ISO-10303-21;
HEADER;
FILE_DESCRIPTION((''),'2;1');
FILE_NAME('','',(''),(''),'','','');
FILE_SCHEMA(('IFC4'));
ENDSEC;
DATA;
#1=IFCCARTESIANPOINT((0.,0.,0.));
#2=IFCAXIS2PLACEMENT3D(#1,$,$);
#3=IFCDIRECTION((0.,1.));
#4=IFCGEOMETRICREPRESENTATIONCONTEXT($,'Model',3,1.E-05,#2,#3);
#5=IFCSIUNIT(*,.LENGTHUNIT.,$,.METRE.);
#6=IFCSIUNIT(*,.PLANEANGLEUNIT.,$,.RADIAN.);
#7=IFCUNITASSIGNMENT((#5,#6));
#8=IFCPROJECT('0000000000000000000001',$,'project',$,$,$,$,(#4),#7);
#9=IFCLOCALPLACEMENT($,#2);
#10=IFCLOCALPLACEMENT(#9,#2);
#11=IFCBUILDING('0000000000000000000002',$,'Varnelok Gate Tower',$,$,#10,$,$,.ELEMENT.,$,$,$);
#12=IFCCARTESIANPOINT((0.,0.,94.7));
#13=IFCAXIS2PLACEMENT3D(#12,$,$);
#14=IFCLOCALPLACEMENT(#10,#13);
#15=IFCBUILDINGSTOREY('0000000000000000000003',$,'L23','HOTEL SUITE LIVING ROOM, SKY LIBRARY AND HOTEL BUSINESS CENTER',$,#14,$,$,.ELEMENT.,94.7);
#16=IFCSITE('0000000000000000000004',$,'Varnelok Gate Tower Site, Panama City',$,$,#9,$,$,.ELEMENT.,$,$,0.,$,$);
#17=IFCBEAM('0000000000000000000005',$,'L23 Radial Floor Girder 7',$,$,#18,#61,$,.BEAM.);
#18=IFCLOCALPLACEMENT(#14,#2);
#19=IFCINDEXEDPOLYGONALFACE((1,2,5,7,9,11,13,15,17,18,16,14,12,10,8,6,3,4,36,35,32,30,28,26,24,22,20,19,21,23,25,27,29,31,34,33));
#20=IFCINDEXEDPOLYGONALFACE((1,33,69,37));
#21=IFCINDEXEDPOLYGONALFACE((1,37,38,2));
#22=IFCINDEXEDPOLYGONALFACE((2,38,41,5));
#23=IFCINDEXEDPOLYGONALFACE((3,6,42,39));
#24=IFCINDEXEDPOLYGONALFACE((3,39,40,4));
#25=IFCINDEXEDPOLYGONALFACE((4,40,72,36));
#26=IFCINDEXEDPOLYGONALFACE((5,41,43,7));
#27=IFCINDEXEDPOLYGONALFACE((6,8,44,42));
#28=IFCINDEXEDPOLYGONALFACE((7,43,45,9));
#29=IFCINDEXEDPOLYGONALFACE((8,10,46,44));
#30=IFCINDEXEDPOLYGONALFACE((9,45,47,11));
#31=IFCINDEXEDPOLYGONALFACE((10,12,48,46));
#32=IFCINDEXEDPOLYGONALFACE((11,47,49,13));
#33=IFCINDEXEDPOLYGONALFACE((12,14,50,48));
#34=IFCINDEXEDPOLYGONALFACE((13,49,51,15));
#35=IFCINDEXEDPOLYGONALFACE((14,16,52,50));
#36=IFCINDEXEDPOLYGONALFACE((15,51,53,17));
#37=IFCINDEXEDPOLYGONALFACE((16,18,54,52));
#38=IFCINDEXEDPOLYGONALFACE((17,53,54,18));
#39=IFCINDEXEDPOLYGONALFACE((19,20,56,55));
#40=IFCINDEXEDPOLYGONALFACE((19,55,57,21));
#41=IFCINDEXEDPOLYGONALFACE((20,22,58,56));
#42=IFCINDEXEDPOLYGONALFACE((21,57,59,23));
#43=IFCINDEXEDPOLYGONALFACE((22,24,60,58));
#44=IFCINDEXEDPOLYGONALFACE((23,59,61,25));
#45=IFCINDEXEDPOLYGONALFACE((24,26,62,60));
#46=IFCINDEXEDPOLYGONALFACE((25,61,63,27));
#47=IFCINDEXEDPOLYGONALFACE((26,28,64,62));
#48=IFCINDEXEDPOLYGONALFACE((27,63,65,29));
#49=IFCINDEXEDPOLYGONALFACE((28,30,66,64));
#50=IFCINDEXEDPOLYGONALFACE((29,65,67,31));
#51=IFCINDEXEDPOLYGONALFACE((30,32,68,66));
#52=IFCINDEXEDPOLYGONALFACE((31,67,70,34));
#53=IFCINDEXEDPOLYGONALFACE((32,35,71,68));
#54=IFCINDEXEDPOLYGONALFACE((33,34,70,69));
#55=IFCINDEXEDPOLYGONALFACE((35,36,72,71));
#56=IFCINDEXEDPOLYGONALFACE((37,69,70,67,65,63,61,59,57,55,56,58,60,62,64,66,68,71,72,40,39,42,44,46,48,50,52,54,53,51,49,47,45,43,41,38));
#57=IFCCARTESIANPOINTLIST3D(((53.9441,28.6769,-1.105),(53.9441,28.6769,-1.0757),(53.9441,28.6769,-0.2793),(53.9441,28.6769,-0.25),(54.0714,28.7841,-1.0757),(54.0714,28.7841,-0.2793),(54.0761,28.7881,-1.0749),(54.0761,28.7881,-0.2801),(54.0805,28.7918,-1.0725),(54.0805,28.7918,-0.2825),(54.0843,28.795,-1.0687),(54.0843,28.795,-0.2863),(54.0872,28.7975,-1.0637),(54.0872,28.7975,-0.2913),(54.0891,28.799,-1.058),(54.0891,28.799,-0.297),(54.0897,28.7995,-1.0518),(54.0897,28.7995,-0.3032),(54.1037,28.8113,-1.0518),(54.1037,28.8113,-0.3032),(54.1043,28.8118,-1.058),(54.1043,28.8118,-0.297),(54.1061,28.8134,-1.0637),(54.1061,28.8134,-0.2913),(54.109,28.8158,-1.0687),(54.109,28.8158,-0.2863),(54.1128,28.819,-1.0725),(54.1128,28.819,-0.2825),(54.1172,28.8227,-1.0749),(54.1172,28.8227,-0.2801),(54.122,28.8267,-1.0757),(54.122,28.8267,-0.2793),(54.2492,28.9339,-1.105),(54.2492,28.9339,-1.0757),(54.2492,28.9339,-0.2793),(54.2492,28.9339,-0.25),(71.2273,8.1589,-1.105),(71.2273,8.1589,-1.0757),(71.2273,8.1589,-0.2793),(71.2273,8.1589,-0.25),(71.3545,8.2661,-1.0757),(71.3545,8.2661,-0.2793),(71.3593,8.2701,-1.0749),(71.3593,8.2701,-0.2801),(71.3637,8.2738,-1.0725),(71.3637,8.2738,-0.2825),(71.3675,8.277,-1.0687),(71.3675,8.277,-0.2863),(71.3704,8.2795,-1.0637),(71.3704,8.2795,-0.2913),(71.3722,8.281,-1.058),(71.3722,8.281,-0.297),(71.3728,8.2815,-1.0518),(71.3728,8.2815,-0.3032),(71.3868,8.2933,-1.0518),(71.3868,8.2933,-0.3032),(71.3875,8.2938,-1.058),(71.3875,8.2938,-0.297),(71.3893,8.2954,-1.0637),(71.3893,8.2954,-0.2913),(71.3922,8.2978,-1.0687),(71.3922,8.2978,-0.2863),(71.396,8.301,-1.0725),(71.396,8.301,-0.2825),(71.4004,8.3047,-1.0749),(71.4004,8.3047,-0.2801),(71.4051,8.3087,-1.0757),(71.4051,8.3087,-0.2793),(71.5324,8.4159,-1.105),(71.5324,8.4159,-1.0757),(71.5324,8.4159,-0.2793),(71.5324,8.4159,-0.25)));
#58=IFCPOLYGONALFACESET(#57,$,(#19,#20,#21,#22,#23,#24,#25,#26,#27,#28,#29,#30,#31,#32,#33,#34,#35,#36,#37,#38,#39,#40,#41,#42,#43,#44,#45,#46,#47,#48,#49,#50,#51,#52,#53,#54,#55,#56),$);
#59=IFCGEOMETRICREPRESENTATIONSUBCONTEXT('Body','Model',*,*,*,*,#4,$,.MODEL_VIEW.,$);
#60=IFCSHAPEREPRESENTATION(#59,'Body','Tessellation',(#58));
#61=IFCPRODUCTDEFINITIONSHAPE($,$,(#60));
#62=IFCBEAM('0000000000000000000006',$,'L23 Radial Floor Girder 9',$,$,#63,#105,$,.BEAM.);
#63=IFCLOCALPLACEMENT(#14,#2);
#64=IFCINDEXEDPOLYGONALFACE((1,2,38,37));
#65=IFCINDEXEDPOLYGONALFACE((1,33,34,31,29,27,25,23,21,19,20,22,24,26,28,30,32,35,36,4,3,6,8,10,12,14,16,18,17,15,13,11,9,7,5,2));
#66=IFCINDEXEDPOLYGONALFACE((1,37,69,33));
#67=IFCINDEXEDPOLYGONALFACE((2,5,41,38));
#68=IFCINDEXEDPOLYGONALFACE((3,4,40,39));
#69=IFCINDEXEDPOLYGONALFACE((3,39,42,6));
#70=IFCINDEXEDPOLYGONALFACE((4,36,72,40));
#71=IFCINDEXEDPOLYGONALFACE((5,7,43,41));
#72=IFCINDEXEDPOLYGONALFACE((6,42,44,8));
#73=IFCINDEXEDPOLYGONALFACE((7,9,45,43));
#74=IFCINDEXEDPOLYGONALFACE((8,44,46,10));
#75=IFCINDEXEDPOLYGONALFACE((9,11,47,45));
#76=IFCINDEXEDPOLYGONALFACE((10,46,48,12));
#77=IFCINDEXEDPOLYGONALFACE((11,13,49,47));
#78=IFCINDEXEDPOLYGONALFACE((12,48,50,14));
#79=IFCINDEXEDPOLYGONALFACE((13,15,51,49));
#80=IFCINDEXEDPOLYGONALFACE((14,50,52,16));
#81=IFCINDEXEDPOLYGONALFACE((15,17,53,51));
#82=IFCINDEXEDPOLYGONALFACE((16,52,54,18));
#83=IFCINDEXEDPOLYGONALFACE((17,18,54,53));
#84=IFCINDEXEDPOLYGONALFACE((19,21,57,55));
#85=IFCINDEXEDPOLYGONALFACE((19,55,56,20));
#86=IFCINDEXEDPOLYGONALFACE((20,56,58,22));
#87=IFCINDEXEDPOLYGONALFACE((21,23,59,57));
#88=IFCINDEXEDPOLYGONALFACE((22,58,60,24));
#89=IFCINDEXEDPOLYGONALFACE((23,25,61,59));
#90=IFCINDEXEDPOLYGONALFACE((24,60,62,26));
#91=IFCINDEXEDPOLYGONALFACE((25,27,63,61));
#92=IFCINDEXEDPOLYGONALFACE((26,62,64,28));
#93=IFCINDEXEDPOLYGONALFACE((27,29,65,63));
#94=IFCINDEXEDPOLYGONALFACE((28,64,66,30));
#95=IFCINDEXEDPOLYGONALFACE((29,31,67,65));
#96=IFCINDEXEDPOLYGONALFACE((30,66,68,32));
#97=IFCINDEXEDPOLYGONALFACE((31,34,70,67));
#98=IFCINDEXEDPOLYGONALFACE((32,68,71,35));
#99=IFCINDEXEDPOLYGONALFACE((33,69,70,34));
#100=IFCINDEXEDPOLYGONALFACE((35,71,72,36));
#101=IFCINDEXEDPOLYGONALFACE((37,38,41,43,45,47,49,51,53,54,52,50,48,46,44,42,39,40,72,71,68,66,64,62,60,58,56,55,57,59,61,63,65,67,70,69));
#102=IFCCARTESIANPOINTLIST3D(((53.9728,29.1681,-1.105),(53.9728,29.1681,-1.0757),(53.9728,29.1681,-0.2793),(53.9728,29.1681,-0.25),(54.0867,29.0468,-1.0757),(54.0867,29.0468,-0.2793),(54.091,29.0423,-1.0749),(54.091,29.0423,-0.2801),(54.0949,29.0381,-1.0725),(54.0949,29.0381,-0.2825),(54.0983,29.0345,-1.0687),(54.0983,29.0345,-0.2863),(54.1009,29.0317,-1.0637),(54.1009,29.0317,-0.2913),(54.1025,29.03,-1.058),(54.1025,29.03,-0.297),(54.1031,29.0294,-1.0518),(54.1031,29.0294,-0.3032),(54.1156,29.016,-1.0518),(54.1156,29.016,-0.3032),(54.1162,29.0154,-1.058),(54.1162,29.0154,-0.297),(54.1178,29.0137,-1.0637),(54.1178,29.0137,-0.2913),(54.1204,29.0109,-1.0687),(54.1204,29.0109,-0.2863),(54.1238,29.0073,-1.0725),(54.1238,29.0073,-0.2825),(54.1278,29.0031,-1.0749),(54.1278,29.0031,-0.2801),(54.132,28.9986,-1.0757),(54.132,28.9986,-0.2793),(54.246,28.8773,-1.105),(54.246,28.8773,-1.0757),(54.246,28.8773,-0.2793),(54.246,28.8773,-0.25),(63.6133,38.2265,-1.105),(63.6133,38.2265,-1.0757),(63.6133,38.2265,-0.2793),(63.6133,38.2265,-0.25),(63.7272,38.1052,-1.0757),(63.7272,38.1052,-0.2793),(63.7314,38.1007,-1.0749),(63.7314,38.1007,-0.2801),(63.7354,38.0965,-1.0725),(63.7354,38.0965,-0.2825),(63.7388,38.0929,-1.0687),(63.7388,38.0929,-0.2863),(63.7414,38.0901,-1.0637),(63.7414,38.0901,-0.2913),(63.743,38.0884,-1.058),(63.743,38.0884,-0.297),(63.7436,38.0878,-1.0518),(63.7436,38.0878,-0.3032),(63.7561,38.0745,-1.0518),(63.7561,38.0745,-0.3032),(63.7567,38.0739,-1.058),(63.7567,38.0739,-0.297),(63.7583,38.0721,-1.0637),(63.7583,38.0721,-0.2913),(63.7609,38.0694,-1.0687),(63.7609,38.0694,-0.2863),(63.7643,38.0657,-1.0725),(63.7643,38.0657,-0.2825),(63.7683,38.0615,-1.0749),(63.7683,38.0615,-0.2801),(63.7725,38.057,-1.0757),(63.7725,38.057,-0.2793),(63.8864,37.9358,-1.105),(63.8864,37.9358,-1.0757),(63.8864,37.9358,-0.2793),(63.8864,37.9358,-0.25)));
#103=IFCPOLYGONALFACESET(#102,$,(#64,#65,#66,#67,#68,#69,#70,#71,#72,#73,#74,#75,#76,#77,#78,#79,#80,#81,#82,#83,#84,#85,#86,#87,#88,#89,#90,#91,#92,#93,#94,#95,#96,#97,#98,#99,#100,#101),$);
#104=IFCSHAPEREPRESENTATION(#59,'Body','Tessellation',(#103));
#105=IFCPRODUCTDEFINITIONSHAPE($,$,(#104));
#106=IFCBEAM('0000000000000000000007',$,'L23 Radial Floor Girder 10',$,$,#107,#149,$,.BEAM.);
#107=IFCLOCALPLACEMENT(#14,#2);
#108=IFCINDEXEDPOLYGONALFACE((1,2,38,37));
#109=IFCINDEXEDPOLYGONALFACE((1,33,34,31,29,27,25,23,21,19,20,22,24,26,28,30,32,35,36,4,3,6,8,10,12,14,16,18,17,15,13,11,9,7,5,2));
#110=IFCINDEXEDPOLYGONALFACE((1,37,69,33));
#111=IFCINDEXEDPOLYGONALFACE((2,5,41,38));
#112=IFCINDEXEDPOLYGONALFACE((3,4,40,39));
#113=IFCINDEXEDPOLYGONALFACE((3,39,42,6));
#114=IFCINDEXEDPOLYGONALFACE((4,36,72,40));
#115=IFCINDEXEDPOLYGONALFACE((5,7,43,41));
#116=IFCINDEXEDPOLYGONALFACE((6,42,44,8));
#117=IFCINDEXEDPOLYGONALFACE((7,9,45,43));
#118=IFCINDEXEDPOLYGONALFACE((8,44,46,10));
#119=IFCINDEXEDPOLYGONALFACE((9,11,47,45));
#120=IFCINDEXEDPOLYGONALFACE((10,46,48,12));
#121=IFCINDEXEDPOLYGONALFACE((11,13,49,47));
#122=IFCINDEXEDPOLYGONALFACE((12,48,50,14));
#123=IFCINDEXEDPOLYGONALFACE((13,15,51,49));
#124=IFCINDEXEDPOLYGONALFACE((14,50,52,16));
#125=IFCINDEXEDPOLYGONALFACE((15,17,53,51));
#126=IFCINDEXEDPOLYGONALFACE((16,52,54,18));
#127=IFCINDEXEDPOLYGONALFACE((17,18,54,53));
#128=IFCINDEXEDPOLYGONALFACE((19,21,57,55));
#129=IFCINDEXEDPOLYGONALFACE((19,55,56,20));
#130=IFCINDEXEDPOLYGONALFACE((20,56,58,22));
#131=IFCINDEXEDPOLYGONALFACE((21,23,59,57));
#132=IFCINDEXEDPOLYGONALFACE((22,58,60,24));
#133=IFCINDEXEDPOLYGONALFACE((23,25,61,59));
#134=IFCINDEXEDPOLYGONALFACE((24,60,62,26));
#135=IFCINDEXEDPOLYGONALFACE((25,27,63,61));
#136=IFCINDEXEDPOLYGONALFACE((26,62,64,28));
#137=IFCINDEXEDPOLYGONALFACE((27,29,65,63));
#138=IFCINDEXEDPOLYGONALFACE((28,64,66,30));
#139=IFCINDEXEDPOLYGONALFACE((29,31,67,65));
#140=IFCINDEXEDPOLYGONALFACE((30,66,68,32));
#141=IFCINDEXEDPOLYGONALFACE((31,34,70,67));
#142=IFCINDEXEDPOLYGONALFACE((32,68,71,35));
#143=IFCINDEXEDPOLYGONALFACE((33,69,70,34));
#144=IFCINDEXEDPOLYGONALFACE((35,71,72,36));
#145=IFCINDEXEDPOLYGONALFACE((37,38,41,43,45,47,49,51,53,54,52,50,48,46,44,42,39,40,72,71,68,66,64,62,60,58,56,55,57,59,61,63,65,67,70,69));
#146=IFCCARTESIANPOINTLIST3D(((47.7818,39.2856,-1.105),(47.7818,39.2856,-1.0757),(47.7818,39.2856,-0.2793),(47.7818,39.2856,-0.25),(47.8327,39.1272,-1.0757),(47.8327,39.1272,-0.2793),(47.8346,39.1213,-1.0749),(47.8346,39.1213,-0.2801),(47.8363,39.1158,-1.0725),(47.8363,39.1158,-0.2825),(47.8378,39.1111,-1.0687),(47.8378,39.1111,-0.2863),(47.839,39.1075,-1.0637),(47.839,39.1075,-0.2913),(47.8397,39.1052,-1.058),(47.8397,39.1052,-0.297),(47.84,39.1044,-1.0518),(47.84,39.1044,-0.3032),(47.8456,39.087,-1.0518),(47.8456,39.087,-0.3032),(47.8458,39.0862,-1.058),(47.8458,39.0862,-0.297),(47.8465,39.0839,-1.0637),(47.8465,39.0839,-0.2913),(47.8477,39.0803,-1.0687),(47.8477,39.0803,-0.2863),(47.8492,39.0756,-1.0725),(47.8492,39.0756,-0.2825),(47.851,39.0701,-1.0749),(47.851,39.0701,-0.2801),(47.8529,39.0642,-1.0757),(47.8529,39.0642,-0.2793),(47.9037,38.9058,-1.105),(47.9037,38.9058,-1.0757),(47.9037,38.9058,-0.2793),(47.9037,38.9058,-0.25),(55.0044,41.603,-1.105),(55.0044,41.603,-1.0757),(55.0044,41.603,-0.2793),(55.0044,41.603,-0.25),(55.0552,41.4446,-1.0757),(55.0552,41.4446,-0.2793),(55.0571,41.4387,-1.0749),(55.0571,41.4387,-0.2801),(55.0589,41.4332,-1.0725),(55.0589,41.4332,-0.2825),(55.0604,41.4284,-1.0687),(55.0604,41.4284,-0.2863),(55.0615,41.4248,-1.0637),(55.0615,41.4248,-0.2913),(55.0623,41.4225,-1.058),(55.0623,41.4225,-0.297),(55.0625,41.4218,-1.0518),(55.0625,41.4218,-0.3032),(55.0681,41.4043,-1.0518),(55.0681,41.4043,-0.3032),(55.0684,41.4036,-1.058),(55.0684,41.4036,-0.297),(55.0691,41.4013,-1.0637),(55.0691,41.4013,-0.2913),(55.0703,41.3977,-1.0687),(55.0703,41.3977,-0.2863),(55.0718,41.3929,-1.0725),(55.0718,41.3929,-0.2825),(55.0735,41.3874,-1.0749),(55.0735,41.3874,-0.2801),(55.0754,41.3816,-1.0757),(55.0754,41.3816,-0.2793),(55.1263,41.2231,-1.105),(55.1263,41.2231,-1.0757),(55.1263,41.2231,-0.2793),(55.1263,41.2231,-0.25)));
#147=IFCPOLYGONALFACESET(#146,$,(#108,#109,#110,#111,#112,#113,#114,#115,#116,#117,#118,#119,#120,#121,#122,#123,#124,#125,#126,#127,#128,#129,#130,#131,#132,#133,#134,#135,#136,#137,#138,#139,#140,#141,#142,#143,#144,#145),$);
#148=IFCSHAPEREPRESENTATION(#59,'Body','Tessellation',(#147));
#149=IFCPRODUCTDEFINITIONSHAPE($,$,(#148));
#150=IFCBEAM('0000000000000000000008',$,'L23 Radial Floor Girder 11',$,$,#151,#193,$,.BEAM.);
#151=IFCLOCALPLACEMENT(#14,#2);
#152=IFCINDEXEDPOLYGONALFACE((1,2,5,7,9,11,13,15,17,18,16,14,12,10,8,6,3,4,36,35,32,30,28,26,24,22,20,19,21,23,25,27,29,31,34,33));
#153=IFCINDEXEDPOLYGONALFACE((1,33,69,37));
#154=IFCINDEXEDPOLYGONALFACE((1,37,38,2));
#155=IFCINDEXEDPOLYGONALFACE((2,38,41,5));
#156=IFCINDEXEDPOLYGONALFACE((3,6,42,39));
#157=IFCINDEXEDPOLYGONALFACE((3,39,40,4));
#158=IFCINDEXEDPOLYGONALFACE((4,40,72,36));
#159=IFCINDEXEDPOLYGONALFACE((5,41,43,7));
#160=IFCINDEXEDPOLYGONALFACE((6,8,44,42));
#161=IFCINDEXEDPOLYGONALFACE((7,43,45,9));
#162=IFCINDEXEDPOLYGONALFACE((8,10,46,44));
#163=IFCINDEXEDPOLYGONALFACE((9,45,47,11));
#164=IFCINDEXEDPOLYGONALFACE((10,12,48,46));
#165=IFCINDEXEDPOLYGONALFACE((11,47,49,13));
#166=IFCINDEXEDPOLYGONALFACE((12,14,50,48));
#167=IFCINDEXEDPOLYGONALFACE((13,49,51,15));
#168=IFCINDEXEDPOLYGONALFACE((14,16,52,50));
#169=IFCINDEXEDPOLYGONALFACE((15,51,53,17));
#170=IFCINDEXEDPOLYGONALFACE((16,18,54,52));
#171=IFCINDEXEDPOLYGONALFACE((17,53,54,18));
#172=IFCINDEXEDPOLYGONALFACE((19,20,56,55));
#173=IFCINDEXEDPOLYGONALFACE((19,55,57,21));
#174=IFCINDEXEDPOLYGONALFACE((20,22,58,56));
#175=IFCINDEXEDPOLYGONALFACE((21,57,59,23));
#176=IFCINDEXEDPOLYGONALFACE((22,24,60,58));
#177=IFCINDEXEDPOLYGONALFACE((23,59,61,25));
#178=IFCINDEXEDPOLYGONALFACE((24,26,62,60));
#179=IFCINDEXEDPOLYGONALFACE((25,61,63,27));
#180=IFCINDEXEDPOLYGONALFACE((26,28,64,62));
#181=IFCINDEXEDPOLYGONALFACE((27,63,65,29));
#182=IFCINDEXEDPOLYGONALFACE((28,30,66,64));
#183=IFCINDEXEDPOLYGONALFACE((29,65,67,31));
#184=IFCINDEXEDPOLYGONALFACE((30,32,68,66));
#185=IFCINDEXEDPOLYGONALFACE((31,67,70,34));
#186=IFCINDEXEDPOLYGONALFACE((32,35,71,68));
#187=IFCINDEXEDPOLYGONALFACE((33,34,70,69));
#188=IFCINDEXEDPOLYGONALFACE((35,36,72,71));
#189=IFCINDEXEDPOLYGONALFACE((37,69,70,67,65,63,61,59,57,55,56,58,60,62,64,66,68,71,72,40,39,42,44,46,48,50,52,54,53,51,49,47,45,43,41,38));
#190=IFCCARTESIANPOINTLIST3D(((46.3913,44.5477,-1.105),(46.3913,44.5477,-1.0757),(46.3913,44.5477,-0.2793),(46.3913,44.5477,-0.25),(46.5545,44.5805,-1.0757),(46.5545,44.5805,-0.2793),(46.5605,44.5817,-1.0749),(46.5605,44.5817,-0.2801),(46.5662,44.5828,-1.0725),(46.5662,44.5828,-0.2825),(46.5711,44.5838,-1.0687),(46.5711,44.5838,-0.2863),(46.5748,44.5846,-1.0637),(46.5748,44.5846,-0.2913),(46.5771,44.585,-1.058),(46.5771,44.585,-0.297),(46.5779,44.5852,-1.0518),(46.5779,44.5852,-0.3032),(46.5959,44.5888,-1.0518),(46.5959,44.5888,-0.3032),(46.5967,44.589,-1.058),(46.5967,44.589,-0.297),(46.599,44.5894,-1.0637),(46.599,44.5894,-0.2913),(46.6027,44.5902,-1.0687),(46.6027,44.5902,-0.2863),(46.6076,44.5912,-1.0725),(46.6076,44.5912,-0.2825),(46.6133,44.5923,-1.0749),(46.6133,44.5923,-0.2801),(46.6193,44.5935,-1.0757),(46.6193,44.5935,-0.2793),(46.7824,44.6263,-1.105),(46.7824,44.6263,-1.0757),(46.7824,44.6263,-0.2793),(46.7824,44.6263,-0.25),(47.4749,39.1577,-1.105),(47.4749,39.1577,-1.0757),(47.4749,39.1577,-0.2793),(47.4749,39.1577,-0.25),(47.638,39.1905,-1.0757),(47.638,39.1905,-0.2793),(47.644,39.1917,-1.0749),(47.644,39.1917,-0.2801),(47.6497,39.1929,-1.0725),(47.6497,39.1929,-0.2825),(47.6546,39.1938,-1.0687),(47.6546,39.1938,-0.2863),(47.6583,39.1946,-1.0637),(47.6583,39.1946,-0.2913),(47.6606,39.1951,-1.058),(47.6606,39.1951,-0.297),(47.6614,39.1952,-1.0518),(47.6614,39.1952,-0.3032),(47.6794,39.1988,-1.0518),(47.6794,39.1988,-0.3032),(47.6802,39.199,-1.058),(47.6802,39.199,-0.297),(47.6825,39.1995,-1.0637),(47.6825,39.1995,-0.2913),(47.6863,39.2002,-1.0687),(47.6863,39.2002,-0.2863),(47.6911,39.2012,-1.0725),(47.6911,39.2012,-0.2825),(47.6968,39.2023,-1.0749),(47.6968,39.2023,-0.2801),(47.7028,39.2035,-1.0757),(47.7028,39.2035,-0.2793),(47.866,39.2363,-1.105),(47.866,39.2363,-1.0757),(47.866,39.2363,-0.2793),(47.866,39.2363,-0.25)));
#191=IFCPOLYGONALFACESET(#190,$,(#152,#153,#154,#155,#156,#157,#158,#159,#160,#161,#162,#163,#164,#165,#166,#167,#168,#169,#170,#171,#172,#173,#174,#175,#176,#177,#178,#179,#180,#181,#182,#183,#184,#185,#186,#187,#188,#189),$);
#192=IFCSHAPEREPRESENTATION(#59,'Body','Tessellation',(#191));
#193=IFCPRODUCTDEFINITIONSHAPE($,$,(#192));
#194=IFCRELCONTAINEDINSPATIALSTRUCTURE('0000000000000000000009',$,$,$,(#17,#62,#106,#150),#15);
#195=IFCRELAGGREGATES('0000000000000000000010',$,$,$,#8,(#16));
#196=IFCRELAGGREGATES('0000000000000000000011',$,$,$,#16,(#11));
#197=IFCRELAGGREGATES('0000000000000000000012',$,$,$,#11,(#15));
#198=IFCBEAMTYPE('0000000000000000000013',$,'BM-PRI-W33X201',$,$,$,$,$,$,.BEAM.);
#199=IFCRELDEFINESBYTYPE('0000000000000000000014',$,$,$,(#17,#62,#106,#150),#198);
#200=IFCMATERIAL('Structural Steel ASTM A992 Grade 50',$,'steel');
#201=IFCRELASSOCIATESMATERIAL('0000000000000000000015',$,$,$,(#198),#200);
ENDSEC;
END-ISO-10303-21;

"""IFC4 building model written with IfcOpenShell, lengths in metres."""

from ifc_helpers import new_model, si_unit, direction, frame, origin, origin_2d, place, context, subcontext, project, spatial, i_section, extrude, material, material_profile, profile_set, type_object, element, save


model = new_model("IFC4")

# Units and contexts
model_context = context("Model", 3, precision=1e-05, world=origin(), true_north=direction((0.0, 1.0)))
body_context = subcontext(model_context, "Body", "Model", "MODEL_VIEW")
ifc_project = project(units=[si_unit("LENGTHUNIT", "METRE"), si_unit("PLANEANGLEUNIT", "RADIAN")], contexts=[model_context])

# Site, building, storey
site_placement = place(None, origin())
site = spatial("IfcSite", under=ifc_project, at=site_placement, Name="Varnelok Gate Tower Site, Panama City", CompositionType="ELEMENT", RefElevation=0.0)
building_placement = place(site_placement, origin())
building = spatial("IfcBuilding", under=site, at=building_placement, Name="Varnelok Gate Tower", CompositionType="ELEMENT")
storey_placement = place(building_placement, frame((0.0, 0.0, 94.7)))
storey = spatial("IfcBuildingStorey", under=building, at=storey_placement, Name="L23", Description="HOTEL SUITE LIVING ROOM, SKY LIBRARY AND HOTEL BUSINESS CENTER", CompositionType="ELEMENT", Elevation=94.7)

# Shared definitions
ifc_material_1 = material(Name="Structural Steel ASTM A992 Grade 50", Category="steel")

# Beams
ifc_material_profile_1 = material_profile(ifc_material_1, i_section(OverallWidth=0.3989, OverallDepth=0.855, WebThickness=0.0183, FlangeThickness=0.0293, FilletRadius=0.0239, at=origin_2d()), Name="W33X201")
ifc_profile_set_1 = profile_set([ifc_material_profile_1], Name="Structural Steel ASTM A992 Grade 50")
beam_type_1 = type_object("IfcBeamType", Name="BM-PRI-W33X201", PredefinedType="BEAM", material=ifc_profile_set_1)
beam_1_placement = place(storey_placement, frame((54.0967, 28.8054, -0.6775), z_axis=(0.644241, -0.764822, 0.0), x_axis=(0.764822, 0.644241, 0.0)))
element("IfcBeam", 1, at=beam_1_placement, inside=storey, type_object=beam_type_1, Name="L23 Radial Floor Girder 7", PredefinedType="BEAM", context=body_context, shape_type="SweptSolid", body=[
    extrude(i_section(OverallWidth=0.3989, OverallDepth=0.855, WebThickness=0.0183, FlangeThickness=0.0293, FilletRadius=0.0239, at=origin_2d()), origin(), (0.0, 0.0, 1.0), 26.8271),
])
beam_2_placement = place(storey_placement, frame((54.1094, 29.0227, -0.6775), z_axis=(0.728764, 0.684765, 0.0), x_axis=(-0.684765, 0.728764, 0.0)))
element("IfcBeam", 2, at=beam_2_placement, inside=storey, type_object=beam_type_1, Name="L23 Radial Floor Girder 9", PredefinedType="BEAM", context=body_context, shape_type="SweptSolid", body=[
    extrude(i_section(OverallWidth=0.3989, OverallDepth=0.855, WebThickness=0.0183, FlangeThickness=0.0293, FilletRadius=0.0239, at=origin_2d()), origin(), (0.0, 0.0, 1.0), 13.2285),
])
beam_3_placement = place(storey_placement, frame((47.8428, 39.0957, -0.6775), z_axis=(0.952189, 0.305509, 0.0), x_axis=(-0.305509, 0.952189, 0.0)))
element("IfcBeam", 3, at=beam_3_placement, inside=storey, type_object=beam_type_1, Name="L23 Radial Floor Girder 10", PredefinedType="BEAM", context=body_context, shape_type="SweptSolid", body=[
    extrude(i_section(OverallWidth=0.3989, OverallDepth=0.855, WebThickness=0.0183, FlangeThickness=0.0293, FilletRadius=0.0239, at=origin_2d()), origin(), (0.0, 0.0, 1.0), 7.5852),
])
beam_4_placement = place(storey_placement, frame((47.6704, 39.197, -0.6775), z_axis=(-0.197081, 0.980387, 0.0), x_axis=(-0.980387, -0.197081, 0.0)))
element("IfcBeam", 4, at=beam_4_placement, inside=storey, type_object=beam_type_1, Name="L23 Radial Floor Girder 11", PredefinedType="BEAM", context=body_context, shape_type="SweptSolid", body=[
    extrude(i_section(OverallWidth=0.3989, OverallDepth=0.855, WebThickness=0.0183, FlangeThickness=0.0293, FilletRadius=0.0239, at=origin_2d()), origin(), (0.0, 0.0, 1.0), 5.4978),
])

save(model, "model.ifc")
